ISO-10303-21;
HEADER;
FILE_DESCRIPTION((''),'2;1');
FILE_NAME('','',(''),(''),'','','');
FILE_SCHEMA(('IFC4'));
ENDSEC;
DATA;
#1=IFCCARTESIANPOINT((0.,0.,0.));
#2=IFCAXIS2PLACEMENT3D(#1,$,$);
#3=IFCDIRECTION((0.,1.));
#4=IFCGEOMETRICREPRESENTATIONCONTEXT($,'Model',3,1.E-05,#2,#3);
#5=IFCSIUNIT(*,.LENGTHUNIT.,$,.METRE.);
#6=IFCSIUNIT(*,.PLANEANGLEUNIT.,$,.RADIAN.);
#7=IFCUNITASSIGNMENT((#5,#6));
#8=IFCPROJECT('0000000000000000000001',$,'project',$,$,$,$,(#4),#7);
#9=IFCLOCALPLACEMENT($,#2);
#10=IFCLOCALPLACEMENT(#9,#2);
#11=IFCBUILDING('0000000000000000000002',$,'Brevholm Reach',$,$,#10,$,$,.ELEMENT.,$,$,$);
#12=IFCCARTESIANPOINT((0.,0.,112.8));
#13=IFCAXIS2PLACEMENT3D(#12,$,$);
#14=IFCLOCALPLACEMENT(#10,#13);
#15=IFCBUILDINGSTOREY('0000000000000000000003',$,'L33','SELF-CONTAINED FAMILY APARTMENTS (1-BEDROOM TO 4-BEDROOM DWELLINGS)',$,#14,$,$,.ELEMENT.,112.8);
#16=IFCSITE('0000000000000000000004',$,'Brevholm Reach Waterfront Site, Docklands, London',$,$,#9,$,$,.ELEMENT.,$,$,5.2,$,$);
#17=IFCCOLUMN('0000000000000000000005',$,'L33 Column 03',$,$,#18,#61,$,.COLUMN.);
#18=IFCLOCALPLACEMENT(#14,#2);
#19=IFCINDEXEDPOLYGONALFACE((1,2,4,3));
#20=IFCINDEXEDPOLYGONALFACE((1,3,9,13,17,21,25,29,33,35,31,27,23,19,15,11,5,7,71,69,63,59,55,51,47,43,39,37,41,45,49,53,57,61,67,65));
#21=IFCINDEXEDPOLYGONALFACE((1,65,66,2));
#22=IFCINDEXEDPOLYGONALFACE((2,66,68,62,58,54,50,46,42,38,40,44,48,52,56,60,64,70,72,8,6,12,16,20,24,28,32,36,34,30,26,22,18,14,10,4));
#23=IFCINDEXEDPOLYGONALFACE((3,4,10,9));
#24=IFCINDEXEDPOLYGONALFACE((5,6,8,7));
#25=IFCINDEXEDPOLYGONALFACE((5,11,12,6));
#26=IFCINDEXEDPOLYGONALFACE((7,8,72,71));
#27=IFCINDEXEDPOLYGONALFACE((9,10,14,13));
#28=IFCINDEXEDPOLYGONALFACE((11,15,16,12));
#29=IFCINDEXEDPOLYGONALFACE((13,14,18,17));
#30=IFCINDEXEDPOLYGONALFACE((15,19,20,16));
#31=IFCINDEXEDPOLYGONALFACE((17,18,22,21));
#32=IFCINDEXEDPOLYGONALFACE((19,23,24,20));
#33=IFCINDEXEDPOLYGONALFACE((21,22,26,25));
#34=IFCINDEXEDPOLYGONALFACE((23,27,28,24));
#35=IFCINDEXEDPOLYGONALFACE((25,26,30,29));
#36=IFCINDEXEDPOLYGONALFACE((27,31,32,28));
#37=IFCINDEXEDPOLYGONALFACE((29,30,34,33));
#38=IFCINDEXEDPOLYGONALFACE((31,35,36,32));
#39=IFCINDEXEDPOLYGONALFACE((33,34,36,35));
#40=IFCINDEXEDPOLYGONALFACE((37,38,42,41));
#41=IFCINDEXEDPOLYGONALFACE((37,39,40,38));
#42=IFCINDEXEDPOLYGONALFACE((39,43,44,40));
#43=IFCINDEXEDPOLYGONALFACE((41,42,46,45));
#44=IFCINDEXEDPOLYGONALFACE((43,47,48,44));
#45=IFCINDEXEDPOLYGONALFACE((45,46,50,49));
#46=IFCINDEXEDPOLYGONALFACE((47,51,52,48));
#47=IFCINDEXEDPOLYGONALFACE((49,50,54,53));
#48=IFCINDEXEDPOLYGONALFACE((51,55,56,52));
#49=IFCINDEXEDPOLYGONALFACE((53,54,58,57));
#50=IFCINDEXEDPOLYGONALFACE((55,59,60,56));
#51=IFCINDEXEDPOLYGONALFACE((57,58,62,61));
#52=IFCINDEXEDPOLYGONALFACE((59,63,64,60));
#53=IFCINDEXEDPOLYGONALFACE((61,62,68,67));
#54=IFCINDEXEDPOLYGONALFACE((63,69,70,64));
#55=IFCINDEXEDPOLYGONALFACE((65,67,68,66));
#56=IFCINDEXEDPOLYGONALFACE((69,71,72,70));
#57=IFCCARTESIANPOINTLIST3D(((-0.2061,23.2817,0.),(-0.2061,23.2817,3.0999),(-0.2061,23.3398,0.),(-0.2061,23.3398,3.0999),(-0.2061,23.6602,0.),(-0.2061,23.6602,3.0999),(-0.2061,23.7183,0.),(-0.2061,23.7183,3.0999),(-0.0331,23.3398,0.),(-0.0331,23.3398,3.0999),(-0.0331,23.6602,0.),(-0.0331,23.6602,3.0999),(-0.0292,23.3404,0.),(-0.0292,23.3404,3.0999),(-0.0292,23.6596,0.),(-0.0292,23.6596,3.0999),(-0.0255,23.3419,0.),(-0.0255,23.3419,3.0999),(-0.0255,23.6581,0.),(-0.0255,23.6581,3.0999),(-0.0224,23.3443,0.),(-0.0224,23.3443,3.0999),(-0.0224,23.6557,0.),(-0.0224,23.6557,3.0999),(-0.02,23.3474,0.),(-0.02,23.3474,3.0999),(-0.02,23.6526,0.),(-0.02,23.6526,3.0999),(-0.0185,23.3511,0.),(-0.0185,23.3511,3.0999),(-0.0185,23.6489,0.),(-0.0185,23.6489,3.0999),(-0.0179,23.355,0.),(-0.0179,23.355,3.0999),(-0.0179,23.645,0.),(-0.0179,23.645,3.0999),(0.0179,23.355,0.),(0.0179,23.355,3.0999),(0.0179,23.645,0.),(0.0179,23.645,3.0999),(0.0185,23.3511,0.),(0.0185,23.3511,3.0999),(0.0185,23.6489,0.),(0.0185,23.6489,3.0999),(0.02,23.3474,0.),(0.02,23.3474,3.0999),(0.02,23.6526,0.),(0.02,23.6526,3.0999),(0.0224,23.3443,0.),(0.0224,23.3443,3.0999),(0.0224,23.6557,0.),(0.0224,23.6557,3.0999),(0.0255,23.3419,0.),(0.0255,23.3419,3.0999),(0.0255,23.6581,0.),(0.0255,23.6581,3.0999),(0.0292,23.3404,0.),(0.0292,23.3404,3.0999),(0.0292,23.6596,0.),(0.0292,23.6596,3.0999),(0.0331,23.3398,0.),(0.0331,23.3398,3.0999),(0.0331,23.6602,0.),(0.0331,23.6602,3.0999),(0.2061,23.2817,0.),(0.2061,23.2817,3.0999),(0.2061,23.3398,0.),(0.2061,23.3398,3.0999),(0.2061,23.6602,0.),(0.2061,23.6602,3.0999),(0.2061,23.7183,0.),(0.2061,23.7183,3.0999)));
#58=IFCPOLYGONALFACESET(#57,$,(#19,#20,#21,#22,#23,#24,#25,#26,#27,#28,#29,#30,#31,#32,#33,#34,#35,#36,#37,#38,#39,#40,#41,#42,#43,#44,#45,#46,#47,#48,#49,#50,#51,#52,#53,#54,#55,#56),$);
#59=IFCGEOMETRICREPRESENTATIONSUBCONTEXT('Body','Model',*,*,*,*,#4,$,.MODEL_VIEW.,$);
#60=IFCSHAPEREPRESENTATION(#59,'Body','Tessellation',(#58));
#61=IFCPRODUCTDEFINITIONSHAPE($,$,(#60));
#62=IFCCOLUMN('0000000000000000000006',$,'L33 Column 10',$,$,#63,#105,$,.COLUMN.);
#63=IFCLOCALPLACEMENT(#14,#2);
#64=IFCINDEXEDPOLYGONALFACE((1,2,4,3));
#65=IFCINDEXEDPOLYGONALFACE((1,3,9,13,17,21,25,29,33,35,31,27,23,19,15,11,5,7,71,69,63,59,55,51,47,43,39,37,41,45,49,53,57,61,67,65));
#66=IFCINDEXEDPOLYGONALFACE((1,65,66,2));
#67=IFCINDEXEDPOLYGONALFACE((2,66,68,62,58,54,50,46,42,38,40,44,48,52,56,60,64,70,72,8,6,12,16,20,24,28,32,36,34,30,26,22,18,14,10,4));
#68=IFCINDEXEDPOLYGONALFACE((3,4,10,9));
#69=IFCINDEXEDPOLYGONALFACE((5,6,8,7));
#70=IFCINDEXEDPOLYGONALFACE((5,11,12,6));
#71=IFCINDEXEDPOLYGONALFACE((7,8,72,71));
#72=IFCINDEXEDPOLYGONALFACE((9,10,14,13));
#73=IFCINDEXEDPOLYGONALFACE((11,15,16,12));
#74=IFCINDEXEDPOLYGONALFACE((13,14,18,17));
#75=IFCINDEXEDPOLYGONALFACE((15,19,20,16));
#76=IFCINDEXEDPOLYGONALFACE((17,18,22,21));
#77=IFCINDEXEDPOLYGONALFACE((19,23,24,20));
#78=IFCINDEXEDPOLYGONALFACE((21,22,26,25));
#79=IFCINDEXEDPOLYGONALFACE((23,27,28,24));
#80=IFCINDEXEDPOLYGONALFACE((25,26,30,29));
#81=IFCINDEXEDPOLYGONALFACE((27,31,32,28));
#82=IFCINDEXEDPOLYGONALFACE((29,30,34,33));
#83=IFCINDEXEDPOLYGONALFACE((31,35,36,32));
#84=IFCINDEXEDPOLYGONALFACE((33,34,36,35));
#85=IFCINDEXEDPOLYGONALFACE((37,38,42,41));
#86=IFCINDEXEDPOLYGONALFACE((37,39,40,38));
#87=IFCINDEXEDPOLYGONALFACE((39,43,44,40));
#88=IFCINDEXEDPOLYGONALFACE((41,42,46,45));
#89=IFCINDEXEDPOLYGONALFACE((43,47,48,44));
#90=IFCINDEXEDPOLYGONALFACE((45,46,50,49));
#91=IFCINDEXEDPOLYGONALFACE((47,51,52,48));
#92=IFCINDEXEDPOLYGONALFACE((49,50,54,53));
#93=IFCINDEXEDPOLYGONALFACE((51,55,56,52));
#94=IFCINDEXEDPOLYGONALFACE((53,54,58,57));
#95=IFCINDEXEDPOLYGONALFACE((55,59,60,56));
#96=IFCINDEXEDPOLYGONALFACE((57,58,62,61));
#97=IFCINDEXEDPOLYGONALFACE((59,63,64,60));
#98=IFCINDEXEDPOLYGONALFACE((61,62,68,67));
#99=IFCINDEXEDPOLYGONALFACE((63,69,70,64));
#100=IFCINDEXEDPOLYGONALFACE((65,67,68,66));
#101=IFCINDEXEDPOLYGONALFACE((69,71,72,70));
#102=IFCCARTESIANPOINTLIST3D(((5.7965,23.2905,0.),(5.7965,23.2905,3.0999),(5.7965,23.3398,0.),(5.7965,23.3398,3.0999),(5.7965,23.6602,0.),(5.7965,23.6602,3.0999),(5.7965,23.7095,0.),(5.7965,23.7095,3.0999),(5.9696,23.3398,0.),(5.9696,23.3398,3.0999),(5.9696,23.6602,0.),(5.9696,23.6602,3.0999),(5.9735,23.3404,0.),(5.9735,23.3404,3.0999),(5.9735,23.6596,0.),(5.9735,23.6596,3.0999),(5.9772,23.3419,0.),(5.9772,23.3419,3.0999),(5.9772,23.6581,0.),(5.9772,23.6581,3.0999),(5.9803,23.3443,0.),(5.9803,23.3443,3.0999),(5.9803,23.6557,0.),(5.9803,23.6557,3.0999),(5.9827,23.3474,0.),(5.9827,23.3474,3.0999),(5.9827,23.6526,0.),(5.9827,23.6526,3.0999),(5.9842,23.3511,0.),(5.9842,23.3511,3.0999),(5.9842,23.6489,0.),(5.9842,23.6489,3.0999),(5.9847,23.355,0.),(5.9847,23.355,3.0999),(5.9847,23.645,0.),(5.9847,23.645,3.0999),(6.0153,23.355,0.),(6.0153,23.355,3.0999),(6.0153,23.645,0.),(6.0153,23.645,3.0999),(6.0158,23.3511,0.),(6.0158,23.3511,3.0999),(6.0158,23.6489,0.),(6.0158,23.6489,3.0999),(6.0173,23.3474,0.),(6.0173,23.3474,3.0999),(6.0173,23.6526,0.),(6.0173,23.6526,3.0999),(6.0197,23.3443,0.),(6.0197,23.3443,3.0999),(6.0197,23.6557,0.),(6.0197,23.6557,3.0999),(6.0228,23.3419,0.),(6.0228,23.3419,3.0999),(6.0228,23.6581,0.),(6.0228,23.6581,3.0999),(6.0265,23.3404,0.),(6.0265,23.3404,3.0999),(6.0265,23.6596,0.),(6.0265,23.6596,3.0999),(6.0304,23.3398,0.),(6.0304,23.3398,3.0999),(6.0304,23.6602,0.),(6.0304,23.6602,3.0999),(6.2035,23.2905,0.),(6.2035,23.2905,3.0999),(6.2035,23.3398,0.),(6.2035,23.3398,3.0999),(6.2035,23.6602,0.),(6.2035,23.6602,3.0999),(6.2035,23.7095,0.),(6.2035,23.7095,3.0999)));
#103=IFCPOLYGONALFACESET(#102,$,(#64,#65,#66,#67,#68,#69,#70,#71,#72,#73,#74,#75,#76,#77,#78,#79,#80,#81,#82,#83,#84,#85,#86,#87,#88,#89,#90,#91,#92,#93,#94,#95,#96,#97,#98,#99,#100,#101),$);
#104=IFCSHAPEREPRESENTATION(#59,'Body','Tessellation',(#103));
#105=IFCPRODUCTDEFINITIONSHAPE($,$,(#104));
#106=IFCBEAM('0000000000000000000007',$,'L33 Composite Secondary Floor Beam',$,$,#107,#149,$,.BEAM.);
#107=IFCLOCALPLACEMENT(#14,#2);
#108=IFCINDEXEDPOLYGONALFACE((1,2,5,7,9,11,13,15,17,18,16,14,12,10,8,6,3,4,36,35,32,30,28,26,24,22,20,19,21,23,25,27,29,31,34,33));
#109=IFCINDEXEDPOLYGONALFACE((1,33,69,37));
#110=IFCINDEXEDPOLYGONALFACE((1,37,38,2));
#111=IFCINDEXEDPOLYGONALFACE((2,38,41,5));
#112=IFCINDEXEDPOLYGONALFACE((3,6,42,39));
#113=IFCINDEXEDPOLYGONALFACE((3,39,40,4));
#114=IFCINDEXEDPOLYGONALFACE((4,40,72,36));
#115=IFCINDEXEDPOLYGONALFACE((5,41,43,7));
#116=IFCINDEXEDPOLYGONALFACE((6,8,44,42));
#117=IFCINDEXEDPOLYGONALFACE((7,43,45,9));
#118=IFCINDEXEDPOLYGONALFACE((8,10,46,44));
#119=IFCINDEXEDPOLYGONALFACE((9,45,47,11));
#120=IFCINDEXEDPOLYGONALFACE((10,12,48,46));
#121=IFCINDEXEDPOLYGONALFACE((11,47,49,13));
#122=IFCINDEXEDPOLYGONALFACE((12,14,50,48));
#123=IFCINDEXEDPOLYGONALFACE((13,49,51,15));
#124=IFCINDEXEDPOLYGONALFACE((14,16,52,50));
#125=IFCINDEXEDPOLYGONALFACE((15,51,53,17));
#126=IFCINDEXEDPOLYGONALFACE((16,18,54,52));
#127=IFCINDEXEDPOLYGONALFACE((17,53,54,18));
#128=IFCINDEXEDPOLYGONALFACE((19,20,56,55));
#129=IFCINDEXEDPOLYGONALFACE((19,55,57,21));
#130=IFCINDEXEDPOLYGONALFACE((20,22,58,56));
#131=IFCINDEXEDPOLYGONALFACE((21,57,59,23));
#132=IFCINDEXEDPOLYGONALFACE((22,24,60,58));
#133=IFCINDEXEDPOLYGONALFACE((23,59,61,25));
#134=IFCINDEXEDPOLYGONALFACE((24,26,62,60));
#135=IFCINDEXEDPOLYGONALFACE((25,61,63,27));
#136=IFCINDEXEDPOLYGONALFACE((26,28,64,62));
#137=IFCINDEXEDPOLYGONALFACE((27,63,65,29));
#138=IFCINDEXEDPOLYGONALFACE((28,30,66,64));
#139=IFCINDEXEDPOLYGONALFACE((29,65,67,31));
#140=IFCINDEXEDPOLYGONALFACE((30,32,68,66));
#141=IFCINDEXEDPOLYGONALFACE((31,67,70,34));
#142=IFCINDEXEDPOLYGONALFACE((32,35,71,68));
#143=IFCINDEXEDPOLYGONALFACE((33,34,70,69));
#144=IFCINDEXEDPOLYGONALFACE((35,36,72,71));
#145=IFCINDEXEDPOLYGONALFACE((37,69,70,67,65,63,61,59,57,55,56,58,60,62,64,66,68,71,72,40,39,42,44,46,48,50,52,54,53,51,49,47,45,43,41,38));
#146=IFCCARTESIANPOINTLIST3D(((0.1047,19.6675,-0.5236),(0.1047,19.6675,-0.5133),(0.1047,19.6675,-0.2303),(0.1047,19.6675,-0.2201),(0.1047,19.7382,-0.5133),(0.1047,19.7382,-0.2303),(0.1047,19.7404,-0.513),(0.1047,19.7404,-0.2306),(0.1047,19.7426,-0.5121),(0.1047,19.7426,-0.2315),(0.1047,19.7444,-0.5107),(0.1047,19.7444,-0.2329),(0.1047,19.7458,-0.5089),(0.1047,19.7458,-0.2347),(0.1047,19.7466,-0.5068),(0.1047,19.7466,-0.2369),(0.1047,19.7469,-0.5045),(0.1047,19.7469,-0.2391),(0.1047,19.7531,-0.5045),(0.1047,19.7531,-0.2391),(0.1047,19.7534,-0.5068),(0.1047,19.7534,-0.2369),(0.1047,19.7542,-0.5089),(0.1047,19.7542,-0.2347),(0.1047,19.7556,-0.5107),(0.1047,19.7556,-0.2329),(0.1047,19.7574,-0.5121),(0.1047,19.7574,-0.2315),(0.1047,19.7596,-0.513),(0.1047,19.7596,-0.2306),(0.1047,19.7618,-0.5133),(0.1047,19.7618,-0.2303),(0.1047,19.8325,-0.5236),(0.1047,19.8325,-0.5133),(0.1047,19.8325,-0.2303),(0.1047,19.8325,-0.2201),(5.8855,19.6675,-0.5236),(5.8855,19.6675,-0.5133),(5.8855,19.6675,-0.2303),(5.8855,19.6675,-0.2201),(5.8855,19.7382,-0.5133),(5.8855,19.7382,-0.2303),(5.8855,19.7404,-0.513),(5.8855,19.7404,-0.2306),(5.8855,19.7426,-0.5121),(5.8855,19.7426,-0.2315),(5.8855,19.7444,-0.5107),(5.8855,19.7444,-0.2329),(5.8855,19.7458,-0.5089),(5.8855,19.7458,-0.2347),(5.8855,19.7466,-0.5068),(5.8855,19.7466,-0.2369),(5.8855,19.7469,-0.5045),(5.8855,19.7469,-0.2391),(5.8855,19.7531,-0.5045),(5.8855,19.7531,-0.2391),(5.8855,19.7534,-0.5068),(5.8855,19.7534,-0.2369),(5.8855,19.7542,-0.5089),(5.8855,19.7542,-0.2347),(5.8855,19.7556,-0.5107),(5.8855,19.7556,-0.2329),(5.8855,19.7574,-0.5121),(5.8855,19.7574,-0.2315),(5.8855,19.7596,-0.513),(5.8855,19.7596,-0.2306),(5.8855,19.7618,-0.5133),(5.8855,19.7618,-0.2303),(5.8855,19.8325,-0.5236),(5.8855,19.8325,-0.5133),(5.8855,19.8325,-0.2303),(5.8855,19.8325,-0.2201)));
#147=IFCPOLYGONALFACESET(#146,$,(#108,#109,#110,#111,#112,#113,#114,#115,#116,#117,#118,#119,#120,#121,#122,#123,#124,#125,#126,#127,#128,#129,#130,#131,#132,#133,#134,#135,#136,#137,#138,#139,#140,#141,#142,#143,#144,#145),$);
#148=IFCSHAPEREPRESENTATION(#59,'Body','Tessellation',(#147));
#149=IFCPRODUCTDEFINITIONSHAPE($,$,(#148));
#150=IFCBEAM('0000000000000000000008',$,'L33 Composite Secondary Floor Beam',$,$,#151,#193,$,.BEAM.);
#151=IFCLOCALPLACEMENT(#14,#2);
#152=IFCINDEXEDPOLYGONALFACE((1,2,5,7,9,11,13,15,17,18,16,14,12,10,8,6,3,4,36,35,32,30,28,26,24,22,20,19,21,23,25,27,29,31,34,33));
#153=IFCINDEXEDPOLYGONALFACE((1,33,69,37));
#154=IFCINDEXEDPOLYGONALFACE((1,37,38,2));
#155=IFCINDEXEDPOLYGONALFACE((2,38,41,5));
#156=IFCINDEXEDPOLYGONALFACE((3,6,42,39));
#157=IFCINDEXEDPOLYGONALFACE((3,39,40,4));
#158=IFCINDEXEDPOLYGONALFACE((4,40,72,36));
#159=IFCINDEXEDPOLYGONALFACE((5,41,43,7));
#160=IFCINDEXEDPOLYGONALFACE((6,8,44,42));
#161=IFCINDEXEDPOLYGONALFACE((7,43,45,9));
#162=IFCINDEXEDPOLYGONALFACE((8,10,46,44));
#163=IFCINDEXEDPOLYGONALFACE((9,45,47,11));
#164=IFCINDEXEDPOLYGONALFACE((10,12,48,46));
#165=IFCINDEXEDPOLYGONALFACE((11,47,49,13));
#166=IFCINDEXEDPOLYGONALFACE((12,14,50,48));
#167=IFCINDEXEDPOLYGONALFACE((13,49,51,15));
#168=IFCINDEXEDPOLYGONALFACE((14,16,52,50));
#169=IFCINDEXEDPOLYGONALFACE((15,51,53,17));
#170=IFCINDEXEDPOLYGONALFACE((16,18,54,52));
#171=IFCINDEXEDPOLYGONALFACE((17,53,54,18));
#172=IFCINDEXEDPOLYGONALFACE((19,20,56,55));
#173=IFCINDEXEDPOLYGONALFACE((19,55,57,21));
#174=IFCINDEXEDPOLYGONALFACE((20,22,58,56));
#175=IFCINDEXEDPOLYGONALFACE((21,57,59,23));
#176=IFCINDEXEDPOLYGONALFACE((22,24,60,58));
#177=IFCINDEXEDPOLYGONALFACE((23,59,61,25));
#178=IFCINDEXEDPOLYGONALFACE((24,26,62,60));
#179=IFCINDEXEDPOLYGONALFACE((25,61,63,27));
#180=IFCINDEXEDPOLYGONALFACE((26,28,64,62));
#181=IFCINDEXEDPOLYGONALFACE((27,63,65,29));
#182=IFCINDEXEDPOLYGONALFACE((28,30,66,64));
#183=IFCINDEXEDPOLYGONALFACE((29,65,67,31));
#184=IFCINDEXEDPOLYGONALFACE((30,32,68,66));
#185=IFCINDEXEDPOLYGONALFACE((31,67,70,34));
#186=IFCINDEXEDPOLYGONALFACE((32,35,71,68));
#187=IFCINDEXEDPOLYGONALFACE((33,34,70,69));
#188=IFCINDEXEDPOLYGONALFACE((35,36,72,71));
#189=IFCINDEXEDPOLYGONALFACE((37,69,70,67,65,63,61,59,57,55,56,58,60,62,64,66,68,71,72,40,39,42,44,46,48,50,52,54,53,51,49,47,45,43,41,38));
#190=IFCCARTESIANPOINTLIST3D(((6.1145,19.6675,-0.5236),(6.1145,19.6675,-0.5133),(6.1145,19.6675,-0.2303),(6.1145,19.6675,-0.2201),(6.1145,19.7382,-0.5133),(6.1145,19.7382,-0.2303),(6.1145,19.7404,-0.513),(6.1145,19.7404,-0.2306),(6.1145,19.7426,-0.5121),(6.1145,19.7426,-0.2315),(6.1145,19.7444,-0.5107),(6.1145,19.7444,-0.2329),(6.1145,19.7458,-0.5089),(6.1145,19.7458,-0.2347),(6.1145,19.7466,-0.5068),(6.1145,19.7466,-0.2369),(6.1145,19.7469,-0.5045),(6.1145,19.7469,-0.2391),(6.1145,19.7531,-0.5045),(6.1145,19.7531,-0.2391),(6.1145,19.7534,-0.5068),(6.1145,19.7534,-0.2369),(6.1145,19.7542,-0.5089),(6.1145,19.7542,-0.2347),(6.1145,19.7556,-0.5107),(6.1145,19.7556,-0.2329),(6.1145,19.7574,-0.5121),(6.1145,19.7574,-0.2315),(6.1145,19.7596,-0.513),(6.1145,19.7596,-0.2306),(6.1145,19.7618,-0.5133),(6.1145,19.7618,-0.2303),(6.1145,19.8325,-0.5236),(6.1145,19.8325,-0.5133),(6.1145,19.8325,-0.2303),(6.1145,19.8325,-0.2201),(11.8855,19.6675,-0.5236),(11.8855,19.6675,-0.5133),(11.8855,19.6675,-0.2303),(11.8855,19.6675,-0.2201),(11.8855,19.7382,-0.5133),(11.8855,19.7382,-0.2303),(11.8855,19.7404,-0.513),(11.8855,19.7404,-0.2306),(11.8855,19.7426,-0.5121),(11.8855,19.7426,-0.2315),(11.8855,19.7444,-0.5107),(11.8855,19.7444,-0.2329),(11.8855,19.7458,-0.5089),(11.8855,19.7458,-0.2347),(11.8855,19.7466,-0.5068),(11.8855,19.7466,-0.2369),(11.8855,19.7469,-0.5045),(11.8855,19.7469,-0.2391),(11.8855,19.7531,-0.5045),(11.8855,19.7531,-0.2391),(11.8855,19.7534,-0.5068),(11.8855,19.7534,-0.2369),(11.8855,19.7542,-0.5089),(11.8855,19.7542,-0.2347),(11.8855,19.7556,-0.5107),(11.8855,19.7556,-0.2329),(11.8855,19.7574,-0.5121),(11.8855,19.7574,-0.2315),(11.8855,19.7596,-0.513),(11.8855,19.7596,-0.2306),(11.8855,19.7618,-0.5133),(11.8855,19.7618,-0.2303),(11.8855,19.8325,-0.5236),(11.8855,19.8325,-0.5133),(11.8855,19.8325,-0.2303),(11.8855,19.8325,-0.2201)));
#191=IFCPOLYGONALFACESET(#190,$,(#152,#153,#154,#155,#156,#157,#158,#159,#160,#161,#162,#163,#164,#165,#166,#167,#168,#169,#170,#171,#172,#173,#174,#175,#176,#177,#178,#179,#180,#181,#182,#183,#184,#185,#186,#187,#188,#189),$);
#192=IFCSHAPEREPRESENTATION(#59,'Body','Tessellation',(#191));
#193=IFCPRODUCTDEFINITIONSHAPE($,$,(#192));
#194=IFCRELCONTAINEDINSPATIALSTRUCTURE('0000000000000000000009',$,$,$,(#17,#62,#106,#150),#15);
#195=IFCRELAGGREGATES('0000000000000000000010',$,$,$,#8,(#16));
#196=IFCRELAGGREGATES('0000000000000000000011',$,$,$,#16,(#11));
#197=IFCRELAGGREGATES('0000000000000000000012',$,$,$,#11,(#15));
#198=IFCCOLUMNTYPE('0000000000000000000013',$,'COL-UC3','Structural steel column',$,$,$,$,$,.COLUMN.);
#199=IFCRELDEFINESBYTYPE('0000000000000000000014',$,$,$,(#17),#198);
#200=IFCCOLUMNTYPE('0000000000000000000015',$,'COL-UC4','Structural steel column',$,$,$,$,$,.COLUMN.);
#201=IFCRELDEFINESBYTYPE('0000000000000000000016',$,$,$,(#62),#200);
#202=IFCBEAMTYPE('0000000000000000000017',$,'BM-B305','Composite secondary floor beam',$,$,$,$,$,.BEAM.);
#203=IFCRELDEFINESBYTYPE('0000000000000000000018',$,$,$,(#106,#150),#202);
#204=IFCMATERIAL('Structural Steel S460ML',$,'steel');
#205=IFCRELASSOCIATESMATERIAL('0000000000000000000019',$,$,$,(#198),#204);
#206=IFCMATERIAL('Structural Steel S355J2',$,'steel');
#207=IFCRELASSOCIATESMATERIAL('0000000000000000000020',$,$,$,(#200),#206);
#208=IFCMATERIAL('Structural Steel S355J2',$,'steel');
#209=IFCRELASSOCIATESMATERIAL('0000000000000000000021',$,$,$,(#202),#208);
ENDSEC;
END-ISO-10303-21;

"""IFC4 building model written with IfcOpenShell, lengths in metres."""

from ifc_helpers import new_model, si_unit, direction, frame, origin, origin_2d, place, context, subcontext, project, spatial, i_section, extrude, material, material_profile, profile_set, type_object, element, save


model = new_model("IFC4")

# Units and contexts
model_context = context("Model", 3, precision=1e-05, world=origin(), true_north=direction((0.0, 1.0)))
body_context = subcontext(model_context, "Body", "Model", "MODEL_VIEW")
ifc_project = project(units=[si_unit("LENGTHUNIT", "METRE"), si_unit("PLANEANGLEUNIT", "RADIAN")], contexts=[model_context])

# Site, building, storey
site_placement = place(None, origin())
site = spatial("IfcSite", under=ifc_project, at=site_placement, Name="Brevholm Reach Waterfront Site, Docklands, London", CompositionType="ELEMENT", RefElevation=5.2)
building_placement = place(site_placement, origin())
building = spatial("IfcBuilding", under=site, at=building_placement, Name="Brevholm Reach", CompositionType="ELEMENT")
storey_placement = place(building_placement, frame((0.0, 0.0, 112.8)))
storey = spatial("IfcBuildingStorey", under=building, at=storey_placement, Name="L33", Description="SELF-CONTAINED FAMILY APARTMENTS (1-BEDROOM TO 4-BEDROOM DWELLINGS)", CompositionType="ELEMENT", Elevation=112.8)

# Columns
ifc_material_1 = material(Name="Structural Steel S460ML", Category="steel")
ifc_material_profile_1 = material_profile(ifc_material_1, i_section(OverallWidth=0.4121, OverallDepth=0.4365, WebThickness=0.0359, FlangeThickness=0.0581, FilletRadius=0.0151, at=origin_2d()), Name="UKC 356x406x467")
ifc_profile_set_1 = profile_set([ifc_material_profile_1], Name="Structural Steel S460ML")
column_type_1 = type_object("IfcColumnType", Name="COL-UC3", Description="Structural steel column", PredefinedType="COLUMN", material=ifc_profile_set_1)
column_1_placement = place(storey_placement, frame((0.0, 23.5, 0.0), z_axis=(0.0, 0.0, 1.0), x_axis=(1.0, 0.0, 0.0)))
element("IfcColumn", 1, at=column_1_placement, inside=storey, type_object=column_type_1, Name="L33 Column 03", PredefinedType="COLUMN", context=body_context, shape_type="SweptSolid", body=[
    extrude(i_section(OverallWidth=0.4121, OverallDepth=0.4365, WebThickness=0.0359, FlangeThickness=0.0581, FilletRadius=0.0151, at=origin_2d()), origin(), (0.0, 0.0, 1.0), 3.0999),
])
ifc_material_2 = material(Name="Structural Steel S355J2", Category="steel")
ifc_material_profile_2 = material_profile(ifc_material_2, i_section(OverallWidth=0.407, OverallDepth=0.4189, WebThickness=0.0305, FlangeThickness=0.0493, FilletRadius=0.0151, at=origin_2d()), Name="UKC 356x406x393")
ifc_profile_set_2 = profile_set([ifc_material_profile_2], Name="Structural Steel S355J2")
column_type_2 = type_object("IfcColumnType", Name="COL-UC4", Description="Structural steel column", PredefinedType="COLUMN", material=ifc_profile_set_2)
column_2_placement = place(storey_placement, frame((6.0, 23.5, 0.0), z_axis=(0.0, 0.0, 1.0), x_axis=(1.0, 0.0, 0.0)))
element("IfcColumn", 2, at=column_2_placement, inside=storey, type_object=column_type_2, Name="L33 Column 10", PredefinedType="COLUMN", context=body_context, shape_type="SweptSolid", body=[
    extrude(i_section(OverallWidth=0.407, OverallDepth=0.4189, WebThickness=0.0305, FlangeThickness=0.0493, FilletRadius=0.0151, at=origin_2d()), origin(), (0.0, 0.0, 1.0), 3.0999),
])

# Beams
ifc_material_3 = material(Name="Structural Steel S355J2", Category="steel")
ifc_material_profile_3 = material_profile(ifc_material_3, i_section(OverallWidth=0.165, OverallDepth=0.3035, WebThickness=0.0061, FlangeThickness=0.0103, FilletRadius=0.0088, at=origin_2d()), Name="UKB 305x165x40")
ifc_profile_set_3 = profile_set([ifc_material_profile_3], Name="Structural Steel S355J2")
beam_type_1 = type_object("IfcBeamType", Name="BM-B305", Description="Composite secondary floor beam", PredefinedType="BEAM", material=ifc_profile_set_3)
beam_1_placement = place(storey_placement, frame((0.1047, 19.75, -0.3718), z_axis=(1.0, 0.0, 0.0), x_axis=(0.0, 1.0, 0.0)))
element("IfcBeam", 3, at=beam_1_placement, inside=storey, type_object=beam_type_1, Name="L33 Composite Secondary Floor Beam", PredefinedType="BEAM", context=body_context, shape_type="SweptSolid", body=[
    extrude(i_section(OverallWidth=0.165, OverallDepth=0.3035, WebThickness=0.0061, FlangeThickness=0.0103, FilletRadius=0.0088, at=origin_2d()), origin(), (0.0, 0.0, 1.0), 5.7808),
])
beam_2_placement = place(storey_placement, frame((6.1145, 19.75, -0.3718), z_axis=(1.0, 0.0, 0.0), x_axis=(0.0, 1.0, 0.0)))
element("IfcBeam", 4, at=beam_2_placement, inside=storey, type_object=beam_type_1, Name="L33 Composite Secondary Floor Beam", PredefinedType="BEAM", context=body_context, shape_type="SweptSolid", body=[
    extrude(i_section(OverallWidth=0.165, OverallDepth=0.3035, WebThickness=0.0061, FlangeThickness=0.0103, FilletRadius=0.0088, at=origin_2d()), origin(), (0.0, 0.0, 1.0), 5.771),
])

save(model, "model.ifc")
